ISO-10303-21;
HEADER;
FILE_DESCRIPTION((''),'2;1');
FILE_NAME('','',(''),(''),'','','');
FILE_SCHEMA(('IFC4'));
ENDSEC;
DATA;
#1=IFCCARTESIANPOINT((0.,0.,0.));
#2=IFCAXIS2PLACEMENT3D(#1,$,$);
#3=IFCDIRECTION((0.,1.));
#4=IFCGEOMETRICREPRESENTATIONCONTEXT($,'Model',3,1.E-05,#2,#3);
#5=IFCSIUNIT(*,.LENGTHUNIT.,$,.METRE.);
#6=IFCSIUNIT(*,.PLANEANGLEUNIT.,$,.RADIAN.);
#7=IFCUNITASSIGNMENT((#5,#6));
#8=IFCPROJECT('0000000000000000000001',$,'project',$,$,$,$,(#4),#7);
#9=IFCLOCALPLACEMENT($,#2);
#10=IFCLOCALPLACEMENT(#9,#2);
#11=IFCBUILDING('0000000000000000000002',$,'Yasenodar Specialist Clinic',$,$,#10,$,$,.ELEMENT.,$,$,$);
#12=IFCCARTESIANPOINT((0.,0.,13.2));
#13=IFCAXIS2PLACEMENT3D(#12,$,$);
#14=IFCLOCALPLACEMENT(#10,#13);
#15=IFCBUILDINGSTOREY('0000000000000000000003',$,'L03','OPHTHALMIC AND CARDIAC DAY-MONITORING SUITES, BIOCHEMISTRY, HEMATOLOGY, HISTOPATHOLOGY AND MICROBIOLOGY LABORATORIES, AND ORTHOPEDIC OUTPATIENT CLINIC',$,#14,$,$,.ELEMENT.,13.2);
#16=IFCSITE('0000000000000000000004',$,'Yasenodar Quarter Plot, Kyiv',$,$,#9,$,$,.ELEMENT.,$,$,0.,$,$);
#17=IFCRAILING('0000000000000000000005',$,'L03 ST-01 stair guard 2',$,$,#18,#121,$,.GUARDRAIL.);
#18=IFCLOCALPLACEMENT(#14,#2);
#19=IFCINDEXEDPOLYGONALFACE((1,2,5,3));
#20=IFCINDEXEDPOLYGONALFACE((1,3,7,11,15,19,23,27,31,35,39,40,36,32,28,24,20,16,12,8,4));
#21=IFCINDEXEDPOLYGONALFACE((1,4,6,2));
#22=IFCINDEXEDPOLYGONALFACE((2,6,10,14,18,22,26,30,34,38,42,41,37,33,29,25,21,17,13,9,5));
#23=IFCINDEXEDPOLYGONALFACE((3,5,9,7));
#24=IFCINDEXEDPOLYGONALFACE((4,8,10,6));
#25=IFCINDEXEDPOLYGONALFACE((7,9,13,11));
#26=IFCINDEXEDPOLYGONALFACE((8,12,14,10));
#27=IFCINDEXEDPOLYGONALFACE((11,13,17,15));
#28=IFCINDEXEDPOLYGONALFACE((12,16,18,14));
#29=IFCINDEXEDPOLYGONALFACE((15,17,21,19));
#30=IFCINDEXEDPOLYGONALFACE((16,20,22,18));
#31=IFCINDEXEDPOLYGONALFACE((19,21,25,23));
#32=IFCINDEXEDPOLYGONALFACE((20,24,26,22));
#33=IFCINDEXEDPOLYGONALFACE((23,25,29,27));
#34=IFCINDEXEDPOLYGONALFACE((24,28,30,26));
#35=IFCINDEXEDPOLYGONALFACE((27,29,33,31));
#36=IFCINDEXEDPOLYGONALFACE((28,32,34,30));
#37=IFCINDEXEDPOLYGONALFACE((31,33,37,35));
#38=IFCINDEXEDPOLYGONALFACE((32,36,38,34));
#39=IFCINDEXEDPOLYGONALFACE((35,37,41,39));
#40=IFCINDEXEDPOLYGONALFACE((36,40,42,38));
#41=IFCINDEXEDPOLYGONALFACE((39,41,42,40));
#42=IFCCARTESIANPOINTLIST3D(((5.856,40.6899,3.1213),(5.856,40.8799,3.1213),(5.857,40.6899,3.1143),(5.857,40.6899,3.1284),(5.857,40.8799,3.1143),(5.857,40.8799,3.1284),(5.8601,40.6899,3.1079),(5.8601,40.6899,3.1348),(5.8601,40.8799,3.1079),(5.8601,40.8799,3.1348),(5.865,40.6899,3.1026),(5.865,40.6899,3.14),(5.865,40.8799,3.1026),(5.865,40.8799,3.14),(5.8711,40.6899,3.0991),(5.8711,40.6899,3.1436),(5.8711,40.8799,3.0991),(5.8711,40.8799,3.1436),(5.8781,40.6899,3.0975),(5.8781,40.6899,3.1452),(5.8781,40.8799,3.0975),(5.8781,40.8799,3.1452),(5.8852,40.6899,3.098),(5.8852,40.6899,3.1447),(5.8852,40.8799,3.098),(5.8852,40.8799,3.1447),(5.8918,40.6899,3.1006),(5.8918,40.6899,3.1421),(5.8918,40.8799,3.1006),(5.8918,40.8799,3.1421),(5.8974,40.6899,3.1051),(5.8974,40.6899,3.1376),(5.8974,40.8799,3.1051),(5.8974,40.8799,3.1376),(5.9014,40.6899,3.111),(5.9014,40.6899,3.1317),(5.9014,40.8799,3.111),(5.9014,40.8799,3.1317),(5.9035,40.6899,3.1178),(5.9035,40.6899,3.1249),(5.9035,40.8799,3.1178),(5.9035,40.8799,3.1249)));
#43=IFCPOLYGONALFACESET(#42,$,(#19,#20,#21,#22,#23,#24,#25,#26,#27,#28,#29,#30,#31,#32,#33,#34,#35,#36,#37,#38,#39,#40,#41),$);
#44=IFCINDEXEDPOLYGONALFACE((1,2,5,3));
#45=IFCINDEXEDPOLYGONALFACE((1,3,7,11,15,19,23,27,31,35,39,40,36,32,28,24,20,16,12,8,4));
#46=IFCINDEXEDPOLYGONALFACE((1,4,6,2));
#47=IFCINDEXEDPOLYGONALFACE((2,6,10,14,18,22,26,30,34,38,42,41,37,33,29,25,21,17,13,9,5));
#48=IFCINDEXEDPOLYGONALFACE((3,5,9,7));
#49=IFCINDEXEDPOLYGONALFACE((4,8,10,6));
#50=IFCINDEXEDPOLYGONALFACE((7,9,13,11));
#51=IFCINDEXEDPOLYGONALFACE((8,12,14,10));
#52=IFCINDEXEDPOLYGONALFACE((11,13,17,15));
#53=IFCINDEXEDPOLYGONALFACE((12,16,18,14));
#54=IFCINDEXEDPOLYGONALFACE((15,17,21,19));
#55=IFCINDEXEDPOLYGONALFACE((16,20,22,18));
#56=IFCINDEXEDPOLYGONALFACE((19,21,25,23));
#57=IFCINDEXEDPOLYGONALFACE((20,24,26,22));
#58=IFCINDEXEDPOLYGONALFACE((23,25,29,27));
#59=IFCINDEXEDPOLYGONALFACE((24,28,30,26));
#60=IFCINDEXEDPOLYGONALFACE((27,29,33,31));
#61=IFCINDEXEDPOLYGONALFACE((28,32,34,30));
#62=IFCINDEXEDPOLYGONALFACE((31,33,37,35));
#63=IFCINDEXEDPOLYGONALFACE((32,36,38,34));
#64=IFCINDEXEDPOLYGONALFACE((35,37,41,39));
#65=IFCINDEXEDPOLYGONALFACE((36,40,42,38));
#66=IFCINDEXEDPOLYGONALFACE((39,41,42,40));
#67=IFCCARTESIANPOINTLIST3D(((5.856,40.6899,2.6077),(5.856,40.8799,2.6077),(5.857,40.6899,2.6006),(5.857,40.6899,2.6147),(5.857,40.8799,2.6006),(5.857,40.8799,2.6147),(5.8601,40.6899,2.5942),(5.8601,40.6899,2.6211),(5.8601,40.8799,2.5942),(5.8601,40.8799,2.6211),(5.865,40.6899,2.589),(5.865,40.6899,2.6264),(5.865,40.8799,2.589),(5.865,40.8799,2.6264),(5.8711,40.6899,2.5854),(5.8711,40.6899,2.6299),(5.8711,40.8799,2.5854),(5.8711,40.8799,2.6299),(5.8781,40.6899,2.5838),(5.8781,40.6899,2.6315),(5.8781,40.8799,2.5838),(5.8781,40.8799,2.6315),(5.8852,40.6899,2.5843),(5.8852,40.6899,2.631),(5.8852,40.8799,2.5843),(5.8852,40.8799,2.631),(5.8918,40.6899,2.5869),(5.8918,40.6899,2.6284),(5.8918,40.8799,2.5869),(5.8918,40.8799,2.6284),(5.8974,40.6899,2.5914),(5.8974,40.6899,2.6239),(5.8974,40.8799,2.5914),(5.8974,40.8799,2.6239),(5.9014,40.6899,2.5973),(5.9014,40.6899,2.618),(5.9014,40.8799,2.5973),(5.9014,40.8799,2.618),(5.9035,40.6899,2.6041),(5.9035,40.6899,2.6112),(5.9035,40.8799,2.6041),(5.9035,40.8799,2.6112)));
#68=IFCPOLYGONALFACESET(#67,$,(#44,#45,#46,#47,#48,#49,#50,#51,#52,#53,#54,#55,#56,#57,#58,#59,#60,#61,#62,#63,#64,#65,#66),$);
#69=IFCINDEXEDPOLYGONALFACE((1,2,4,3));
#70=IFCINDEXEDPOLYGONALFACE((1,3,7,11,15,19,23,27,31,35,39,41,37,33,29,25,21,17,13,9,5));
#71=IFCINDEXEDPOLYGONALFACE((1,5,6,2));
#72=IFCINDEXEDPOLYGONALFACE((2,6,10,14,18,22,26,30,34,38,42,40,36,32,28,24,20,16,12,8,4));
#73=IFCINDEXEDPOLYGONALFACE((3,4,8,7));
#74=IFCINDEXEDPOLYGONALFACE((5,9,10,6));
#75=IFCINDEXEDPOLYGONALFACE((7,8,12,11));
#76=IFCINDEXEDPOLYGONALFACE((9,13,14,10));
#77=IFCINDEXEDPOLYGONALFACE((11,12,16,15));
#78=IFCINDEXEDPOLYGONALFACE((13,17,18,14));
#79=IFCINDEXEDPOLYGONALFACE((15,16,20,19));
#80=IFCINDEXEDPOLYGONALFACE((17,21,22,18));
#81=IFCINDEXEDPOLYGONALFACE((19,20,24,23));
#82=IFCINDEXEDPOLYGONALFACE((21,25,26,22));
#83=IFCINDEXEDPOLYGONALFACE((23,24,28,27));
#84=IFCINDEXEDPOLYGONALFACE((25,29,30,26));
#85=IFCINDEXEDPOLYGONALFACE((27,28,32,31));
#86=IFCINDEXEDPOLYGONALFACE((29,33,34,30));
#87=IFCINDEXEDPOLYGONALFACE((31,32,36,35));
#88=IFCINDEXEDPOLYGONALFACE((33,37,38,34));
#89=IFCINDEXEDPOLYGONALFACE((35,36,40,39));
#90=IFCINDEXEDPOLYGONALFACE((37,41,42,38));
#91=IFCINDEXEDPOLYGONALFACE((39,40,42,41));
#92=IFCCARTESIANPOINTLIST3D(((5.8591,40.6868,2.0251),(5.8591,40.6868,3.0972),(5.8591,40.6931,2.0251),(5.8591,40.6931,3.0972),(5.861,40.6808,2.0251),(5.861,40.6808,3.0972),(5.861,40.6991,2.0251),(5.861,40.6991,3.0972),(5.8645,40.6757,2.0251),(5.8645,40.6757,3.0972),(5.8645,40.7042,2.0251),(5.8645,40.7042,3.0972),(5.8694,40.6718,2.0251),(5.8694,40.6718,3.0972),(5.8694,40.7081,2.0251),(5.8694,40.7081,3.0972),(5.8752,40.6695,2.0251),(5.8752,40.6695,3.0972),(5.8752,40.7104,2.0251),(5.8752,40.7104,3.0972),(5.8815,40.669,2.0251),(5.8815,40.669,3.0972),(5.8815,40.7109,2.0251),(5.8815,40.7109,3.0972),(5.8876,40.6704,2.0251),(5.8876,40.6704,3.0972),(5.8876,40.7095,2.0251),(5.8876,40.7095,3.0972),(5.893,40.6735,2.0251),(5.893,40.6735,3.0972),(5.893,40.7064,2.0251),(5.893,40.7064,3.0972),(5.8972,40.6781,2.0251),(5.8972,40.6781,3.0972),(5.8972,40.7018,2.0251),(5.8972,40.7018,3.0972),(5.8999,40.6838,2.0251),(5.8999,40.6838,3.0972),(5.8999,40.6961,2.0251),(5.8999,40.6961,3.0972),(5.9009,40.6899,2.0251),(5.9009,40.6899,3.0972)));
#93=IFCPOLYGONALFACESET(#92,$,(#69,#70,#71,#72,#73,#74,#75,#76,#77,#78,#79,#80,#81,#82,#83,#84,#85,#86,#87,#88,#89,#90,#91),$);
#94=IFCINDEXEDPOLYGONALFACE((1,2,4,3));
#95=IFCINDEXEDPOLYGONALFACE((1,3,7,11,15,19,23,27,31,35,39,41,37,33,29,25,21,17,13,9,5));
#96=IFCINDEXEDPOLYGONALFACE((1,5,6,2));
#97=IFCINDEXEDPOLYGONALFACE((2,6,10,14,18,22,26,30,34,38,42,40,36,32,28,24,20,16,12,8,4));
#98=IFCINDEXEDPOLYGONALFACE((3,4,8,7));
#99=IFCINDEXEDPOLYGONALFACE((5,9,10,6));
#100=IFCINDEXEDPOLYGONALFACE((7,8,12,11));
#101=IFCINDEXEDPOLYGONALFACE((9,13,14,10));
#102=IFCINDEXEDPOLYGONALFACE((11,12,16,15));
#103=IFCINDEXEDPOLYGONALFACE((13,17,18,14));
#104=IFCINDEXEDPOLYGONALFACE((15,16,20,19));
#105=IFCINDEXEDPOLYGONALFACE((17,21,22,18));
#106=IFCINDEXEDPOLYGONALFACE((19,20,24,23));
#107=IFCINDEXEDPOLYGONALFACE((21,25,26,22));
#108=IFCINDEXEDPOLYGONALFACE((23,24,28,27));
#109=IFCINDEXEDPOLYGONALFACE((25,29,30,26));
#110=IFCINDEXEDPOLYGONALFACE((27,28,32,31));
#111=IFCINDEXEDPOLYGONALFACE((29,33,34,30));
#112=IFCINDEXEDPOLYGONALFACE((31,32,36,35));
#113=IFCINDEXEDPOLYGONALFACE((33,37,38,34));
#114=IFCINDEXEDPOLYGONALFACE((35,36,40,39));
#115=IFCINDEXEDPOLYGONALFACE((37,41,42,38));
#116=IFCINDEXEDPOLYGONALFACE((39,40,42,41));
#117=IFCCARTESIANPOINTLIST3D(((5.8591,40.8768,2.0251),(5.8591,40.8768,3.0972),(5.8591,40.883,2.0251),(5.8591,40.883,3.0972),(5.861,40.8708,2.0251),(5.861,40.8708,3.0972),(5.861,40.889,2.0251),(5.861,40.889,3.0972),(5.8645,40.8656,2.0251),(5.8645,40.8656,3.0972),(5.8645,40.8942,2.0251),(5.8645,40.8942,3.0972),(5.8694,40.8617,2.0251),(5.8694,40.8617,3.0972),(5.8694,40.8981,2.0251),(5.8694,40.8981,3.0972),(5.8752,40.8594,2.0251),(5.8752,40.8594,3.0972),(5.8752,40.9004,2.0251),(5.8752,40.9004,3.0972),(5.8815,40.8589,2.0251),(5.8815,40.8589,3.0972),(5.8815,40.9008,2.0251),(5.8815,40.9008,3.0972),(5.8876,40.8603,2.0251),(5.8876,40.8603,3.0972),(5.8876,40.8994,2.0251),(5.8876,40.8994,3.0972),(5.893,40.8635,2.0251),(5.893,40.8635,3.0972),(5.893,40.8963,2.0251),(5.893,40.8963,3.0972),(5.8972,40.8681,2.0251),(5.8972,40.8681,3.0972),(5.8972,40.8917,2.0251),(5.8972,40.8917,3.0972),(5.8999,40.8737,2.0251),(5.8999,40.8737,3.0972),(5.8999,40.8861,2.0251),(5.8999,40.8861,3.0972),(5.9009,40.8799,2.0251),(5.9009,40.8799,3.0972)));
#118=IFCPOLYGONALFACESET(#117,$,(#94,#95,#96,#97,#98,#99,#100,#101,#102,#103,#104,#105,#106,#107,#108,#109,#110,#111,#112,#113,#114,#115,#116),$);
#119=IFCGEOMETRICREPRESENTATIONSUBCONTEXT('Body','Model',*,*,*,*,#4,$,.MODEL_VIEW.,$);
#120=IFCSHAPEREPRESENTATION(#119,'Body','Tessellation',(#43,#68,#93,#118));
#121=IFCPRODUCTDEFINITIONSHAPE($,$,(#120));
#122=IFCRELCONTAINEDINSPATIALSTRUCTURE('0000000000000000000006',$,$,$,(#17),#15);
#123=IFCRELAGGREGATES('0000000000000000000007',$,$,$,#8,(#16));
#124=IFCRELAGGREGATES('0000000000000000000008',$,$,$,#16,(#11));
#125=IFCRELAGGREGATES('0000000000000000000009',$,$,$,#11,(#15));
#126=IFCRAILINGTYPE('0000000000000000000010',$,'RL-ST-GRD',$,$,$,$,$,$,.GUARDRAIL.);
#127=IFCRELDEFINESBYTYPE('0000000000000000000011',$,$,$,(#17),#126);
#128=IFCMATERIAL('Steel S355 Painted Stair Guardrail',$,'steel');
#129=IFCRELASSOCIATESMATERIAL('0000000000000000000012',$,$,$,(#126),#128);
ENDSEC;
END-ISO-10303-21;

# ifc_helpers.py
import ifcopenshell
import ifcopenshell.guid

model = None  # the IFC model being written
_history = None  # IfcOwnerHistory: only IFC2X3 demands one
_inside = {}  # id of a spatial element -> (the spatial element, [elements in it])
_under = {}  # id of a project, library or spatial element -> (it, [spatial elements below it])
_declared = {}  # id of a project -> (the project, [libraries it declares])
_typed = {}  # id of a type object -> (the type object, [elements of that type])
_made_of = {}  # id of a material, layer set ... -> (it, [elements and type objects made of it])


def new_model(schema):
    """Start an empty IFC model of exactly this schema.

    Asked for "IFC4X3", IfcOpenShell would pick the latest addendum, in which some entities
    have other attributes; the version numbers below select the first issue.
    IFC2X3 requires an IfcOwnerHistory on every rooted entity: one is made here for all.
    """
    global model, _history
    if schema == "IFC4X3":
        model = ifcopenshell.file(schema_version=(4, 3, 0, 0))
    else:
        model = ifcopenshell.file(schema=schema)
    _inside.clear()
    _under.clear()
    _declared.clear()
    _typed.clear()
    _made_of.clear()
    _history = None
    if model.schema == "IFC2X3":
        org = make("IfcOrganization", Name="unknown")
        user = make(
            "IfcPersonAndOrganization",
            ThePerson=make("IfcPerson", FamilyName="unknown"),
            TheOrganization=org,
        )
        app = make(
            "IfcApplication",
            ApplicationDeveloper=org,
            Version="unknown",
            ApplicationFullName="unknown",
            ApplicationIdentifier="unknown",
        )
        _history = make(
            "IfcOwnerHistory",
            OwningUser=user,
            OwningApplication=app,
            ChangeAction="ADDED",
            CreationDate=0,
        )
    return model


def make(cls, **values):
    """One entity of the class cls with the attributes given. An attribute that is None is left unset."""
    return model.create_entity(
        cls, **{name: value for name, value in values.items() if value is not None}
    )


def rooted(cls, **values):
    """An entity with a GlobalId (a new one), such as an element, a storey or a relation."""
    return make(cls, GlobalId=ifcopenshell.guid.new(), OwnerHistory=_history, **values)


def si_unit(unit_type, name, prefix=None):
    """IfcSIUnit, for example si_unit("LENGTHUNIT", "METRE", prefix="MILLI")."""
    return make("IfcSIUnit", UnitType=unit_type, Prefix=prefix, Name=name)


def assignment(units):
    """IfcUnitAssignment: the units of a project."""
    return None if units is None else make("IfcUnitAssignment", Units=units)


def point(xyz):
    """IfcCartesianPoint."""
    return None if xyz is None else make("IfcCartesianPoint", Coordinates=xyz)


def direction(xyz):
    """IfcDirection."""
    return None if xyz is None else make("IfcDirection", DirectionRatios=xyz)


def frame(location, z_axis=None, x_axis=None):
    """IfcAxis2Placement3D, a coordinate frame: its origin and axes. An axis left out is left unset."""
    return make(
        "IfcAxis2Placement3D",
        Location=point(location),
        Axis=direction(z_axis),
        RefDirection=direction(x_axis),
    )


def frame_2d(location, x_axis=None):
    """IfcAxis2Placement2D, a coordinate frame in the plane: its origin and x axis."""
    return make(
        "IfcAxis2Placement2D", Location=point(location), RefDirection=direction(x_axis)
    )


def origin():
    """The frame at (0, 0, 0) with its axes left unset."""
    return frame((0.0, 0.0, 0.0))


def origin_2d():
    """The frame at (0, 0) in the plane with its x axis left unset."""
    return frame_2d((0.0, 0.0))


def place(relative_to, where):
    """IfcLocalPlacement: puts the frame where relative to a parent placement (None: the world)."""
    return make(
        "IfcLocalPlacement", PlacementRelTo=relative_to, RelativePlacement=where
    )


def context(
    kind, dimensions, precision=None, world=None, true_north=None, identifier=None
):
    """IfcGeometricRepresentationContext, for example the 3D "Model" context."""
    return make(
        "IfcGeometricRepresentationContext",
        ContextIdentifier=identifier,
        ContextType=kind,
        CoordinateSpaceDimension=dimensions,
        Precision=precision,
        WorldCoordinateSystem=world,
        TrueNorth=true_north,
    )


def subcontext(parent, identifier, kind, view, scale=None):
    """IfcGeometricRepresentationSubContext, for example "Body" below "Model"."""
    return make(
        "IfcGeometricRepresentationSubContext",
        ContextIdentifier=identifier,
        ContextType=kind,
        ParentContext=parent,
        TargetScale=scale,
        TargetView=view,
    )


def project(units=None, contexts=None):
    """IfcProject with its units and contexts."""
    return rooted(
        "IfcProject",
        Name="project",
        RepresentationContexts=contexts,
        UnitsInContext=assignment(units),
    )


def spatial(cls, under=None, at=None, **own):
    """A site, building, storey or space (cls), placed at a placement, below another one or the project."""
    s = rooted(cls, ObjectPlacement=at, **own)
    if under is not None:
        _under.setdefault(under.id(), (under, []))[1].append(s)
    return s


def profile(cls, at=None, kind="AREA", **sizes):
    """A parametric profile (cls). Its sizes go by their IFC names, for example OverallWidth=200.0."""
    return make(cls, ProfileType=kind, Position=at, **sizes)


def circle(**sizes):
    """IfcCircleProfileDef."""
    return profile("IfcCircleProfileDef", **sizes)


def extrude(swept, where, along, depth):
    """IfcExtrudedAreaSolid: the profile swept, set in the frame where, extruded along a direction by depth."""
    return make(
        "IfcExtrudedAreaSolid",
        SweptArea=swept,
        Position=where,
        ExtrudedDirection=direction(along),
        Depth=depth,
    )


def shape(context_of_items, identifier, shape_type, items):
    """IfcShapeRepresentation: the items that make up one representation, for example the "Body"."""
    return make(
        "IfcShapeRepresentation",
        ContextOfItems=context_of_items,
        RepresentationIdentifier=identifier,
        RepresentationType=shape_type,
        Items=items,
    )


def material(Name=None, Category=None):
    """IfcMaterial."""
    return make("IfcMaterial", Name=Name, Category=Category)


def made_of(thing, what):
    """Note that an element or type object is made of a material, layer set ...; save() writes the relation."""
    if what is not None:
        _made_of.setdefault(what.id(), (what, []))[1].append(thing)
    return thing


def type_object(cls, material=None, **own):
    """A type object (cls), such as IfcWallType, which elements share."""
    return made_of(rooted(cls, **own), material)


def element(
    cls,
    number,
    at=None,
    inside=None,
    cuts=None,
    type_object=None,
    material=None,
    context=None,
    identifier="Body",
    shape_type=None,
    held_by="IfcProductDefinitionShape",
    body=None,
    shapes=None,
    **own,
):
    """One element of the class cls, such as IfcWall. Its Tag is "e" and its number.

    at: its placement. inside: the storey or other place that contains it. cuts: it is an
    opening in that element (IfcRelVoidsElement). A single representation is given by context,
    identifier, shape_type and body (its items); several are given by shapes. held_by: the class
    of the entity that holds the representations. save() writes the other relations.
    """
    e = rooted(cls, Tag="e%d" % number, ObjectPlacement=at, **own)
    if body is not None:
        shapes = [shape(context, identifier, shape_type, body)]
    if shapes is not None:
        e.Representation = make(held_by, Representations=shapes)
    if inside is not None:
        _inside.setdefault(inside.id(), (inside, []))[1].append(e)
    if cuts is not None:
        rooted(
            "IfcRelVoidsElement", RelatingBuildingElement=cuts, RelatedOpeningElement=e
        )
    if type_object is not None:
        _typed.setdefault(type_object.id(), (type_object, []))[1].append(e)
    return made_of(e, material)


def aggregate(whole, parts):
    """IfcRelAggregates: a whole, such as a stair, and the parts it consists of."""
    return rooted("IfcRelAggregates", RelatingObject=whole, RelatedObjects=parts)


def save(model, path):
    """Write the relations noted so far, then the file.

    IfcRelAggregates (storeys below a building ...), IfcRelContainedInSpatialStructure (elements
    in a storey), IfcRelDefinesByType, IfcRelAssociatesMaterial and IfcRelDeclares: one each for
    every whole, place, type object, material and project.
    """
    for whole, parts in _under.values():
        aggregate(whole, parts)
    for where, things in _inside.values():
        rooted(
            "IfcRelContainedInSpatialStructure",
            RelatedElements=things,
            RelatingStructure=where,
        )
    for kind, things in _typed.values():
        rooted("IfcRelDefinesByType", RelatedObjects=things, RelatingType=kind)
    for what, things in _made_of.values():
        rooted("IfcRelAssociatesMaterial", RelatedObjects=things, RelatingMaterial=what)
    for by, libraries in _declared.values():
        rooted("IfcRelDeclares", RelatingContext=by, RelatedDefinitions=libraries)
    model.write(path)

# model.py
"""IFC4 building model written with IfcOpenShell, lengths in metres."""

from ifc_helpers import new_model, si_unit, direction, frame, origin, origin_2d, place, context, subcontext, project, spatial, circle, extrude, material, type_object, element, save


model = new_model("IFC4")

# Units and contexts
model_context = context("Model", 3, precision=1e-05, world=origin(), true_north=direction((0.0, 1.0)))
body_context = subcontext(model_context, "Body", "Model", "MODEL_VIEW")
ifc_project = project(units=[si_unit("LENGTHUNIT", "METRE"), si_unit("PLANEANGLEUNIT", "RADIAN")], contexts=[model_context])

# Site, building, storey
site_placement = place(None, origin())
site = spatial("IfcSite", under=ifc_project, at=site_placement, Name="Yasenodar Quarter Plot, Kyiv", CompositionType="ELEMENT", RefElevation=0.0)
building_placement = place(site_placement, origin())
building = spatial("IfcBuilding", under=site, at=building_placement, Name="Yasenodar Specialist Clinic", CompositionType="ELEMENT")
storey_placement = place(building_placement, frame((0.0, 0.0, 13.2)))
storey = spatial("IfcBuildingStorey", under=building, at=storey_placement, Name="L03", Description="OPHTHALMIC AND CARDIAC DAY-MONITORING SUITES, BIOCHEMISTRY, HEMATOLOGY, HISTOPATHOLOGY AND MICROBIOLOGY LABORATORIES, AND ORTHOPEDIC OUTPATIENT CLINIC", CompositionType="ELEMENT", Elevation=13.2)

# Railing
ifc_material_1 = material(Name="Steel S355 Painted Stair Guardrail", Category="steel")
railing_type_1 = type_object("IfcRailingType", Name="RL-ST-GRD", PredefinedType="GUARDRAIL", material=ifc_material_1)
railing_1_placement = place(storey_placement, frame((5.8799, 40.6899, 2.0251)))
element("IfcRailing", 1, at=railing_1_placement, inside=storey, type_object=railing_type_1, Name="L03 ST-01 stair guard 2", PredefinedType="GUARDRAIL", context=body_context, shape_type="SweptSolid", body=[
    extrude(circle(Radius=0.0239, at=origin_2d()), frame((0.0, 0.0, 1.0962), z_axis=(0.0, 1.0, 0.0), x_axis=(-1.0, 0.0, 0.0)), (0.0, 0.0, 1.0), 0.1899),
    extrude(circle(Radius=0.0239, at=origin_2d()), frame((0.0, 0.0, 0.5825), z_axis=(0.0, 1.0, 0.0), x_axis=(-1.0, 0.0, 0.0)), (0.0, 0.0, 1.0), 0.1899),
    extrude(circle(Radius=0.021, at=origin_2d()), origin(), (0.0, 0.0, 1.0), 1.072),
    extrude(circle(Radius=0.021, at=origin_2d()), frame((0.0, 0.1899, 0.0)), (0.0, 0.0, 1.0), 1.072),
])

save(model, "model.ifc")
